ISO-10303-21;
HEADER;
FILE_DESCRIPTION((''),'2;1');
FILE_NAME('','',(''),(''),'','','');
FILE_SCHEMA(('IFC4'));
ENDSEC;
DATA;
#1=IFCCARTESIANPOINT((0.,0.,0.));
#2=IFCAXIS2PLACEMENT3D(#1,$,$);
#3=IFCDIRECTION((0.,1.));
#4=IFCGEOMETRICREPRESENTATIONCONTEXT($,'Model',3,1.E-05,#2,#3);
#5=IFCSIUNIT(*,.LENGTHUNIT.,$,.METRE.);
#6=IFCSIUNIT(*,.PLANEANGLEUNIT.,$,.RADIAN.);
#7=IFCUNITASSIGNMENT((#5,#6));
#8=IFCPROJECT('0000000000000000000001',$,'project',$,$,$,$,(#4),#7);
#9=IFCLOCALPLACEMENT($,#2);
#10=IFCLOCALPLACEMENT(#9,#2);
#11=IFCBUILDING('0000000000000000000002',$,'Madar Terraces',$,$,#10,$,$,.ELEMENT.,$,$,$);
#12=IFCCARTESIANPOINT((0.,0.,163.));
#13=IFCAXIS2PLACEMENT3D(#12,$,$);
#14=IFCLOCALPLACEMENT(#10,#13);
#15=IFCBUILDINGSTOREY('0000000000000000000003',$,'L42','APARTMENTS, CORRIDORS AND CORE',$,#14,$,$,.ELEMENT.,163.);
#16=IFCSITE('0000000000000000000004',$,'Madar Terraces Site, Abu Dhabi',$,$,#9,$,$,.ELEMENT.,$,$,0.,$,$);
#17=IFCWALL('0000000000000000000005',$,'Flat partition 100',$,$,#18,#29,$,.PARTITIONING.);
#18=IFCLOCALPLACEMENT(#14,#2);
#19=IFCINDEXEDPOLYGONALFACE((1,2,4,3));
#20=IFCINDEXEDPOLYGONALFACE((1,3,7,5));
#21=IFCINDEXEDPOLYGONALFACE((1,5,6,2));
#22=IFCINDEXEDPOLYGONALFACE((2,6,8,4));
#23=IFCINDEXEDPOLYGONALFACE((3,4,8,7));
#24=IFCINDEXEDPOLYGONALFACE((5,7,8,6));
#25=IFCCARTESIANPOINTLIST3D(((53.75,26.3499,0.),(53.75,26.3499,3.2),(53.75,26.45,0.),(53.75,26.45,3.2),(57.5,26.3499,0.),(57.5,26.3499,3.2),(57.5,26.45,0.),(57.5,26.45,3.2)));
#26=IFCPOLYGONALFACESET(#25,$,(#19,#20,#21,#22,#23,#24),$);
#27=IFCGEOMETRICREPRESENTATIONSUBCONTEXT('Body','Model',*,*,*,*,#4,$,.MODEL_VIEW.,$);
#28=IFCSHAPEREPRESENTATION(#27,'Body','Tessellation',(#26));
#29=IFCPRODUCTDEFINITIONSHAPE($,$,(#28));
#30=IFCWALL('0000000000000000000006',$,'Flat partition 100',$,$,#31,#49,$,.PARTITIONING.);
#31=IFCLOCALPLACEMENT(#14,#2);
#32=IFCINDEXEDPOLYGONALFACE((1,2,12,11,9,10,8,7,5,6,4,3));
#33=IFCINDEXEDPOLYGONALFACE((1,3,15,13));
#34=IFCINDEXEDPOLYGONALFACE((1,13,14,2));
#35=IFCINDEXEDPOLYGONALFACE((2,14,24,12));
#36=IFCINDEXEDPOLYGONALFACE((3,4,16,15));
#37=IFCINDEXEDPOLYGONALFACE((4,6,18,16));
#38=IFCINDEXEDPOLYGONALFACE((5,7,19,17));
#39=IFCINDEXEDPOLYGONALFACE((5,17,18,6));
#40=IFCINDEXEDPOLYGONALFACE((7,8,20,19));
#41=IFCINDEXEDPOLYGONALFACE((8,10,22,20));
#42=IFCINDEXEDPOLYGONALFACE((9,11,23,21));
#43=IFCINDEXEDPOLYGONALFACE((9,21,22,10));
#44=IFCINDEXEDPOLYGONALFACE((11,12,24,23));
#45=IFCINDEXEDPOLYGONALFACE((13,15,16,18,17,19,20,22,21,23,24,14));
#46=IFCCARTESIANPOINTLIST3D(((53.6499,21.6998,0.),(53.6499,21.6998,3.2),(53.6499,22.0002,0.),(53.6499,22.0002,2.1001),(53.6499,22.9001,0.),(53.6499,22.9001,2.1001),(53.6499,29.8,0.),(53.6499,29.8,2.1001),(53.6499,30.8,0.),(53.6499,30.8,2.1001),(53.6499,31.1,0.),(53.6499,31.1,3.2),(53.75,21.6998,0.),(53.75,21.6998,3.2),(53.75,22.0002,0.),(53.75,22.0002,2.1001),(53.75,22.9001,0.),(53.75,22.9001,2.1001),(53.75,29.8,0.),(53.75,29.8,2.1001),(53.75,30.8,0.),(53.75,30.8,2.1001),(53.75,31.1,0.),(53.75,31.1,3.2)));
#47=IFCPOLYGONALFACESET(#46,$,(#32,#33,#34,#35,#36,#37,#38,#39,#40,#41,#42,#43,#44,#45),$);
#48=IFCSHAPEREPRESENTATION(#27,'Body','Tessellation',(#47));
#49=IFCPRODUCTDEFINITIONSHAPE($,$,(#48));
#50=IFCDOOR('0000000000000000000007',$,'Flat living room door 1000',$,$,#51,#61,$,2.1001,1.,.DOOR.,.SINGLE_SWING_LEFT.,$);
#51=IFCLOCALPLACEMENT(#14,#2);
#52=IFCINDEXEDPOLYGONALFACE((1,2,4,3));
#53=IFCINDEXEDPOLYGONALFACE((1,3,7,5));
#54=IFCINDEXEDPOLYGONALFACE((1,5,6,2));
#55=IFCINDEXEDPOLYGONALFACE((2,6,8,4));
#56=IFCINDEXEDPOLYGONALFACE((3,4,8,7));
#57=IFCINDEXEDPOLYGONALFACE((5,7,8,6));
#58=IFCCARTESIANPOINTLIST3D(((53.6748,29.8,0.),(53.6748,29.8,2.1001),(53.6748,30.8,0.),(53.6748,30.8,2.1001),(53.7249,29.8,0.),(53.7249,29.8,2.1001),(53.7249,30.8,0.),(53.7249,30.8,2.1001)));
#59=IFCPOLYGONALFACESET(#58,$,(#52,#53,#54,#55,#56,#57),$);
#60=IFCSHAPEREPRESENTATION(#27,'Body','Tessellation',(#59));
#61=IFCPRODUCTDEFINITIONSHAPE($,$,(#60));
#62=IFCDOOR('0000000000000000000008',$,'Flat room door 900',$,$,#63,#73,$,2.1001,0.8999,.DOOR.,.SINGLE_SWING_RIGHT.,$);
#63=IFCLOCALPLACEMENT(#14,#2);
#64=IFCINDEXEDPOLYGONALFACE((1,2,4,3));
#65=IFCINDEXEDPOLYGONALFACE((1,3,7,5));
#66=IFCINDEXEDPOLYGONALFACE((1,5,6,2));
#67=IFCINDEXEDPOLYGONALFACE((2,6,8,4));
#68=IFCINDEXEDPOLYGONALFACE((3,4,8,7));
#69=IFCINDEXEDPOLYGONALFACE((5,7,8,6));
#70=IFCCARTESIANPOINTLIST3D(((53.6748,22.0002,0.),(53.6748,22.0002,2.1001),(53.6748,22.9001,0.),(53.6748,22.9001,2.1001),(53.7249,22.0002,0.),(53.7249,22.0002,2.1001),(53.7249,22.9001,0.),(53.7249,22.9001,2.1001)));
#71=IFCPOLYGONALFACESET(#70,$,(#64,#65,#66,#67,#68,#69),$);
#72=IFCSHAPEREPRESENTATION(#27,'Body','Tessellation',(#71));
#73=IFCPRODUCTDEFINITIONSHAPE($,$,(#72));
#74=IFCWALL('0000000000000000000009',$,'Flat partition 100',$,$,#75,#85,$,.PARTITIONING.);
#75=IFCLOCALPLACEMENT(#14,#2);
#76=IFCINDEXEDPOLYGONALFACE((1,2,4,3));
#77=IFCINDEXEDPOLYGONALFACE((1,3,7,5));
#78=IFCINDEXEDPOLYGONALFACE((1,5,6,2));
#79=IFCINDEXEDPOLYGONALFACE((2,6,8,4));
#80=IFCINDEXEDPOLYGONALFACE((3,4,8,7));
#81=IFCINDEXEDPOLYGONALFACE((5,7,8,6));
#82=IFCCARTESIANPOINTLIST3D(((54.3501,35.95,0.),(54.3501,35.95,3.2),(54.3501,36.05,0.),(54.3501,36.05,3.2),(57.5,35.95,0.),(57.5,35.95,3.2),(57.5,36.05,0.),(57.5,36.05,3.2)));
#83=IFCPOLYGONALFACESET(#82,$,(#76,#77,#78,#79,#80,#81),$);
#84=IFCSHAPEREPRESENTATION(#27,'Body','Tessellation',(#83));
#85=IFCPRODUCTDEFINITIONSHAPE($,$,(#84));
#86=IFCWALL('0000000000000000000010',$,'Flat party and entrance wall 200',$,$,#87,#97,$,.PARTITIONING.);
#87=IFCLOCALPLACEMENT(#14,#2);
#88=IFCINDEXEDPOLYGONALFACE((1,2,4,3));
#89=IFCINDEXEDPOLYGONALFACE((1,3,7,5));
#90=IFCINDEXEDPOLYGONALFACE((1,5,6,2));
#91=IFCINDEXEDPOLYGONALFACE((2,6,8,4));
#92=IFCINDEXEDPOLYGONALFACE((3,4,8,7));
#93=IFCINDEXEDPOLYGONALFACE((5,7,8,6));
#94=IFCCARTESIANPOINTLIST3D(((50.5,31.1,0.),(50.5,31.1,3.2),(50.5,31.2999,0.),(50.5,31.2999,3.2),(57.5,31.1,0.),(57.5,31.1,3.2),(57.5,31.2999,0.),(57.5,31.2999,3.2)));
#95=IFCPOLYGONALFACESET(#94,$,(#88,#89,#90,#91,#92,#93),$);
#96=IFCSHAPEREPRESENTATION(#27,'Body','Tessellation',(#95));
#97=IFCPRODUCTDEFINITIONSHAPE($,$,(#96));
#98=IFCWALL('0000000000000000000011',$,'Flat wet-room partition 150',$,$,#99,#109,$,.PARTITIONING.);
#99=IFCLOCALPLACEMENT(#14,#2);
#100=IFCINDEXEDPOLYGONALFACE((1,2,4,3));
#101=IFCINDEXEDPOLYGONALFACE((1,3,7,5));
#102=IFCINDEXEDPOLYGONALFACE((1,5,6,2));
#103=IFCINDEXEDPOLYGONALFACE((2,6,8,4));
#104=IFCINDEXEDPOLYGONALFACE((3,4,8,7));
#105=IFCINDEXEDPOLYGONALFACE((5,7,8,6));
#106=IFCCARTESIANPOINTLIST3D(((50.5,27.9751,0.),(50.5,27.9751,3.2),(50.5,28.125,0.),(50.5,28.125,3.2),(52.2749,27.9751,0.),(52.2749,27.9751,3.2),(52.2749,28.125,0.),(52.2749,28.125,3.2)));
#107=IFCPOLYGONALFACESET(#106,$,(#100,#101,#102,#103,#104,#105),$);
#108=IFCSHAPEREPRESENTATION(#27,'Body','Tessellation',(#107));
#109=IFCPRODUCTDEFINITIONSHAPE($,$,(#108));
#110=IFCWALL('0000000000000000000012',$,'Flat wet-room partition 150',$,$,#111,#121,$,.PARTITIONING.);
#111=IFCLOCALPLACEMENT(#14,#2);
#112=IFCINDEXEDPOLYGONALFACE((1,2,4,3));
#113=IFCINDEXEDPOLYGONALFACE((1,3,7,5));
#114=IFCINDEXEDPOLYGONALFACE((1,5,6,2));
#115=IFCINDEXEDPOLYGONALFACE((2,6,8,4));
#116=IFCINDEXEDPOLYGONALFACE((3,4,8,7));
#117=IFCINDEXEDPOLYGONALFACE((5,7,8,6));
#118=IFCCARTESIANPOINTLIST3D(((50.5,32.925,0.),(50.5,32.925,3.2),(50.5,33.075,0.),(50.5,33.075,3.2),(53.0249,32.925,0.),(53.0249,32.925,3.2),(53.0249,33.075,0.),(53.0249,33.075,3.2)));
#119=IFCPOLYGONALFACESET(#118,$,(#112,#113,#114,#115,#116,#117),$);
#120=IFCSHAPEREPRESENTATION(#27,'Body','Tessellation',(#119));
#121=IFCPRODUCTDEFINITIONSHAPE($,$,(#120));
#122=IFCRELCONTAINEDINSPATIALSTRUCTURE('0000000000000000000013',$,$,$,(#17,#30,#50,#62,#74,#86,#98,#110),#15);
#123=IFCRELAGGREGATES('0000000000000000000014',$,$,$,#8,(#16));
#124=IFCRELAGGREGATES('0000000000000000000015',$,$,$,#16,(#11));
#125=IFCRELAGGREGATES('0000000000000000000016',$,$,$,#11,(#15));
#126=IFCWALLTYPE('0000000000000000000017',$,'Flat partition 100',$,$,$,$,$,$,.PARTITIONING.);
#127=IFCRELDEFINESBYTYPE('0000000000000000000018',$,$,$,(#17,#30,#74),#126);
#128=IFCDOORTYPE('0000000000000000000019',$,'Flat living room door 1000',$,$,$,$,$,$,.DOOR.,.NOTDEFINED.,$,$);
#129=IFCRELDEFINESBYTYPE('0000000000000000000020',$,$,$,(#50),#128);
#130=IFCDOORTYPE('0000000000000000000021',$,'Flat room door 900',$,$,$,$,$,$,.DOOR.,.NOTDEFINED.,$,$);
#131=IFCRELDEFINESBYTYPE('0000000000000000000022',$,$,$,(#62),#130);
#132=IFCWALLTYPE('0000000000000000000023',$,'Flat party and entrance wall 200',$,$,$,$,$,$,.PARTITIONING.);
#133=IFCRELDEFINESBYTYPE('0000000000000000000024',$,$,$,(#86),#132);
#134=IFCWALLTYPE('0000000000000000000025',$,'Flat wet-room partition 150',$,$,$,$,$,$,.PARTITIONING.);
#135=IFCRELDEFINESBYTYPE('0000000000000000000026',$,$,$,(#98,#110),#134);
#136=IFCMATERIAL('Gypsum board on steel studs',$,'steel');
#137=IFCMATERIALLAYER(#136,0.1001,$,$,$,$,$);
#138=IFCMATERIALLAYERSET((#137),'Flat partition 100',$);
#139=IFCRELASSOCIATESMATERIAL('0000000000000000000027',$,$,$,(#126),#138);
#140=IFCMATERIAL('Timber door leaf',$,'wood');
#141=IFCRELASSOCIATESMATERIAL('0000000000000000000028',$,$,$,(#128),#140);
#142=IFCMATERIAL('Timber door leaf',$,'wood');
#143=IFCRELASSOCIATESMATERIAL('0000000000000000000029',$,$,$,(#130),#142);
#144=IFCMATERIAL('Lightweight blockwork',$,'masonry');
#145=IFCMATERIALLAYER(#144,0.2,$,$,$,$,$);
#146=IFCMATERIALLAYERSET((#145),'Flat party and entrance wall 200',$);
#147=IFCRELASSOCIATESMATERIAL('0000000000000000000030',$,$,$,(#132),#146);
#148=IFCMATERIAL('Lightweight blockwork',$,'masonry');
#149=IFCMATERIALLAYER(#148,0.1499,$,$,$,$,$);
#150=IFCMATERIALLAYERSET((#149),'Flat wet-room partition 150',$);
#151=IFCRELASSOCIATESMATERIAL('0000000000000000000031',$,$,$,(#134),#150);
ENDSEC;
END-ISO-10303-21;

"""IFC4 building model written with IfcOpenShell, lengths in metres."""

from ifc_helpers import new_model, si_unit, direction, frame, frame_2d, origin, place, context, subcontext, project, spatial, rectangle, extrude, material, layer, layer_set, type_object, element, fill, save


model = new_model("IFC4")

# Units and contexts
model_context = context("Model", 3, precision=1e-05, world=origin(), true_north=direction((0.0, 1.0)))
body_context = subcontext(model_context, "Body", "Model", "MODEL_VIEW")
ifc_project = project(units=[si_unit("LENGTHUNIT", "METRE"), si_unit("PLANEANGLEUNIT", "RADIAN")], contexts=[model_context])

# Site, building, storey
site_placement = place(None, origin())
site = spatial("IfcSite", under=ifc_project, at=site_placement, Name="Madar Terraces Site, Abu Dhabi", CompositionType="ELEMENT", RefElevation=0.0)
building_placement = place(site_placement, origin())
building = spatial("IfcBuilding", under=site, at=building_placement, Name="Madar Terraces", CompositionType="ELEMENT")
storey_placement = place(building_placement, frame((0.0, 0.0, 163.0)))
storey = spatial("IfcBuildingStorey", under=building, at=storey_placement, Name="L42", Description="APARTMENTS, CORRIDORS AND CORE", CompositionType="ELEMENT", Elevation=163.0)

# Wall
ifc_material_1 = material(Name="Gypsum board on steel studs", Category="steel")
ifc_layer_1 = layer(ifc_material_1, 0.1001)
ifc_layer_set_1 = layer_set([ifc_layer_1], Name="Flat partition 100")
wall_type_1 = type_object("IfcWallType", Name="Flat partition 100", PredefinedType="PARTITIONING", material=ifc_layer_set_1)
wall_1_placement = place(storey_placement, frame((53.75, 26.3999, 0.0), z_axis=(0.0, 0.0, 1.0), x_axis=(1.0, 0.0, 0.0)))
element("IfcWall", 1, at=wall_1_placement, inside=storey, type_object=wall_type_1, Name="Flat partition 100", PredefinedType="PARTITIONING", context=body_context, shape_type="SweptSolid", body=[
    extrude(rectangle(XDim=3.75, YDim=0.1001, at=frame_2d((1.875, 0.0))), origin(), (0.0, 0.0, 1.0), 3.2),
])

# Wall, openings, doors
wall_2_placement = place(storey_placement, frame((53.7, 31.1001, 0.0), z_axis=(0.0, 0.0, 1.0), x_axis=(0.0, -1.0, 0.0)))
wall_2 = element("IfcWall", 2, at=wall_2_placement, inside=storey, type_object=wall_type_1, Name="Flat partition 100", PredefinedType="PARTITIONING", context=body_context, shape_type="SweptSolid", body=[
    extrude(rectangle(XDim=9.4001, YDim=0.1001, at=frame_2d((4.7002, 0.0))), origin(), (0.0, 0.0, 1.0), 3.2),
])
opening_1_placement = place(wall_2_placement, frame((8.2, 0.0, 0.0)))
opening_1 = element("IfcOpeningElement", 3, at=opening_1_placement, cuts=wall_2, PredefinedType="OPENING", context=body_context, shape_type="SweptSolid", body=[
    extrude(rectangle(XDim=0.8999, YDim=2.1001, at=frame_2d((0.45, 1.05))), frame((0.0, 0.0601, 0.0), z_axis=(0.0, -1.0, 0.0), x_axis=(1.0, 0.0, 0.0)), (0.0, 0.0, 1.0), 0.1201),
])
opening_2_placement = place(wall_2_placement, frame((0.3, 0.0, 0.0)))
opening_2 = element("IfcOpeningElement", 4, at=opening_2_placement, cuts=wall_2, PredefinedType="OPENING", context=body_context, shape_type="SweptSolid", body=[
    extrude(rectangle(XDim=1.0, YDim=2.1001, at=frame_2d((0.5, 1.05))), frame((0.0, 0.0601, 0.0), z_axis=(0.0, -1.0, 0.0), x_axis=(1.0, 0.0, 0.0)), (0.0, 0.0, 1.0), 0.1201),
])
ifc_material_2 = material(Name="Timber door leaf", Category="wood")
door_type_1 = type_object("IfcDoorType", Name="Flat living room door 1000", OperationType="NOTDEFINED", PredefinedType="DOOR", material=ifc_material_2)
door_1_placement = place(opening_2_placement, origin())
door_1 = element("IfcDoor", 5, at=door_1_placement, inside=storey, type_object=door_type_1, Name="Flat living room door 1000", OperationType="SINGLE_SWING_LEFT", OverallHeight=2.1001, OverallWidth=1.0, PredefinedType="DOOR", context=body_context, shape_type="SweptSolid", body=[
    extrude(rectangle(XDim=1.0, YDim=2.1001, at=frame_2d((0.5, 1.05))), frame((0.0, 0.0249, 0.0), z_axis=(0.0, -1.0, 0.0), x_axis=(1.0, 0.0, 0.0)), (0.0, 0.0, 1.0), 0.05),
])
fill(opening_2, door_1)
ifc_material_3 = material(Name="Timber door leaf", Category="wood")
door_type_2 = type_object("IfcDoorType", Name="Flat room door 900", OperationType="NOTDEFINED", PredefinedType="DOOR", material=ifc_material_3)
door_2_placement = place(opening_1_placement, origin())
door_2 = element("IfcDoor", 6, at=door_2_placement, inside=storey, type_object=door_type_2, Name="Flat room door 900", OperationType="SINGLE_SWING_RIGHT", OverallHeight=2.1001, OverallWidth=0.8999, PredefinedType="DOOR", context=body_context, shape_type="SweptSolid", body=[
    extrude(rectangle(XDim=0.8999, YDim=2.1001, at=frame_2d((0.45, 1.05))), frame((0.0, 0.0249, 0.0), z_axis=(0.0, -1.0, 0.0), x_axis=(1.0, 0.0, 0.0)), (0.0, 0.0, 1.0), 0.05),
])
fill(opening_1, door_2)

# Walls
wall_3_placement = place(storey_placement, frame((54.3501, 36.0, 0.0), z_axis=(0.0, 0.0, 1.0), x_axis=(1.0, 0.0, 0.0)))
element("IfcWall", 7, at=wall_3_placement, inside=storey, type_object=wall_type_1, Name="Flat partition 100", PredefinedType="PARTITIONING", context=body_context, shape_type="SweptSolid", body=[
    extrude(rectangle(XDim=3.1499, YDim=0.1001, at=frame_2d((1.575, 0.0))), origin(), (0.0, 0.0, 1.0), 3.2),
])
ifc_material_4 = material(Name="Lightweight blockwork", Category="masonry")
ifc_layer_2 = layer(ifc_material_4, 0.2)
ifc_layer_set_2 = layer_set([ifc_layer_2], Name="Flat party and entrance wall 200")
wall_type_2 = type_object("IfcWallType", Name="Flat party and entrance wall 200", PredefinedType="PARTITIONING", material=ifc_layer_set_2)
wall_4_placement = place(storey_placement, frame((50.5, 31.2, 0.0), z_axis=(0.0, 0.0, 1.0), x_axis=(1.0, 0.0, 0.0)))
element("IfcWall", 8, at=wall_4_placement, inside=storey, type_object=wall_type_2, Name="Flat party and entrance wall 200", PredefinedType="PARTITIONING", context=body_context, shape_type="SweptSolid", body=[
    extrude(rectangle(XDim=7.0, YDim=0.2, at=frame_2d((3.5, 0.0))), origin(), (0.0, 0.0, 1.0), 3.2),
])
ifc_material_5 = material(Name="Lightweight blockwork", Category="masonry")
ifc_layer_3 = layer(ifc_material_5, 0.1499)
ifc_layer_set_3 = layer_set([ifc_layer_3], Name="Flat wet-room partition 150")
wall_type_3 = type_object("IfcWallType", Name="Flat wet-room partition 150", PredefinedType="PARTITIONING", material=ifc_layer_set_3)
wall_5_placement = place(storey_placement, frame((50.5, 28.05, 0.0), z_axis=(0.0, 0.0, 1.0), x_axis=(1.0, 0.0, 0.0)))
element("IfcWall", 9, at=wall_5_placement, inside=storey, type_object=wall_type_3, Name="Flat wet-room partition 150", PredefinedType="PARTITIONING", context=body_context, shape_type="SweptSolid", body=[
    extrude(rectangle(XDim=1.7749, YDim=0.1499, at=frame_2d((0.8875, 0.0))), origin(), (0.0, 0.0, 1.0), 3.2),
])
wall_6_placement = place(storey_placement, frame((50.5, 33.0, 0.0), z_axis=(0.0, 0.0, 1.0), x_axis=(1.0, 0.0, 0.0)))
element("IfcWall", 10, at=wall_6_placement, inside=storey, type_object=wall_type_3, Name="Flat wet-room partition 150", PredefinedType="PARTITIONING", context=body_context, shape_type="SweptSolid", body=[
    extrude(rectangle(XDim=2.5249, YDim=0.1499, at=frame_2d((1.2625, 0.0))), origin(), (0.0, 0.0, 1.0), 3.2),
])

save(model, "model.ifc")
